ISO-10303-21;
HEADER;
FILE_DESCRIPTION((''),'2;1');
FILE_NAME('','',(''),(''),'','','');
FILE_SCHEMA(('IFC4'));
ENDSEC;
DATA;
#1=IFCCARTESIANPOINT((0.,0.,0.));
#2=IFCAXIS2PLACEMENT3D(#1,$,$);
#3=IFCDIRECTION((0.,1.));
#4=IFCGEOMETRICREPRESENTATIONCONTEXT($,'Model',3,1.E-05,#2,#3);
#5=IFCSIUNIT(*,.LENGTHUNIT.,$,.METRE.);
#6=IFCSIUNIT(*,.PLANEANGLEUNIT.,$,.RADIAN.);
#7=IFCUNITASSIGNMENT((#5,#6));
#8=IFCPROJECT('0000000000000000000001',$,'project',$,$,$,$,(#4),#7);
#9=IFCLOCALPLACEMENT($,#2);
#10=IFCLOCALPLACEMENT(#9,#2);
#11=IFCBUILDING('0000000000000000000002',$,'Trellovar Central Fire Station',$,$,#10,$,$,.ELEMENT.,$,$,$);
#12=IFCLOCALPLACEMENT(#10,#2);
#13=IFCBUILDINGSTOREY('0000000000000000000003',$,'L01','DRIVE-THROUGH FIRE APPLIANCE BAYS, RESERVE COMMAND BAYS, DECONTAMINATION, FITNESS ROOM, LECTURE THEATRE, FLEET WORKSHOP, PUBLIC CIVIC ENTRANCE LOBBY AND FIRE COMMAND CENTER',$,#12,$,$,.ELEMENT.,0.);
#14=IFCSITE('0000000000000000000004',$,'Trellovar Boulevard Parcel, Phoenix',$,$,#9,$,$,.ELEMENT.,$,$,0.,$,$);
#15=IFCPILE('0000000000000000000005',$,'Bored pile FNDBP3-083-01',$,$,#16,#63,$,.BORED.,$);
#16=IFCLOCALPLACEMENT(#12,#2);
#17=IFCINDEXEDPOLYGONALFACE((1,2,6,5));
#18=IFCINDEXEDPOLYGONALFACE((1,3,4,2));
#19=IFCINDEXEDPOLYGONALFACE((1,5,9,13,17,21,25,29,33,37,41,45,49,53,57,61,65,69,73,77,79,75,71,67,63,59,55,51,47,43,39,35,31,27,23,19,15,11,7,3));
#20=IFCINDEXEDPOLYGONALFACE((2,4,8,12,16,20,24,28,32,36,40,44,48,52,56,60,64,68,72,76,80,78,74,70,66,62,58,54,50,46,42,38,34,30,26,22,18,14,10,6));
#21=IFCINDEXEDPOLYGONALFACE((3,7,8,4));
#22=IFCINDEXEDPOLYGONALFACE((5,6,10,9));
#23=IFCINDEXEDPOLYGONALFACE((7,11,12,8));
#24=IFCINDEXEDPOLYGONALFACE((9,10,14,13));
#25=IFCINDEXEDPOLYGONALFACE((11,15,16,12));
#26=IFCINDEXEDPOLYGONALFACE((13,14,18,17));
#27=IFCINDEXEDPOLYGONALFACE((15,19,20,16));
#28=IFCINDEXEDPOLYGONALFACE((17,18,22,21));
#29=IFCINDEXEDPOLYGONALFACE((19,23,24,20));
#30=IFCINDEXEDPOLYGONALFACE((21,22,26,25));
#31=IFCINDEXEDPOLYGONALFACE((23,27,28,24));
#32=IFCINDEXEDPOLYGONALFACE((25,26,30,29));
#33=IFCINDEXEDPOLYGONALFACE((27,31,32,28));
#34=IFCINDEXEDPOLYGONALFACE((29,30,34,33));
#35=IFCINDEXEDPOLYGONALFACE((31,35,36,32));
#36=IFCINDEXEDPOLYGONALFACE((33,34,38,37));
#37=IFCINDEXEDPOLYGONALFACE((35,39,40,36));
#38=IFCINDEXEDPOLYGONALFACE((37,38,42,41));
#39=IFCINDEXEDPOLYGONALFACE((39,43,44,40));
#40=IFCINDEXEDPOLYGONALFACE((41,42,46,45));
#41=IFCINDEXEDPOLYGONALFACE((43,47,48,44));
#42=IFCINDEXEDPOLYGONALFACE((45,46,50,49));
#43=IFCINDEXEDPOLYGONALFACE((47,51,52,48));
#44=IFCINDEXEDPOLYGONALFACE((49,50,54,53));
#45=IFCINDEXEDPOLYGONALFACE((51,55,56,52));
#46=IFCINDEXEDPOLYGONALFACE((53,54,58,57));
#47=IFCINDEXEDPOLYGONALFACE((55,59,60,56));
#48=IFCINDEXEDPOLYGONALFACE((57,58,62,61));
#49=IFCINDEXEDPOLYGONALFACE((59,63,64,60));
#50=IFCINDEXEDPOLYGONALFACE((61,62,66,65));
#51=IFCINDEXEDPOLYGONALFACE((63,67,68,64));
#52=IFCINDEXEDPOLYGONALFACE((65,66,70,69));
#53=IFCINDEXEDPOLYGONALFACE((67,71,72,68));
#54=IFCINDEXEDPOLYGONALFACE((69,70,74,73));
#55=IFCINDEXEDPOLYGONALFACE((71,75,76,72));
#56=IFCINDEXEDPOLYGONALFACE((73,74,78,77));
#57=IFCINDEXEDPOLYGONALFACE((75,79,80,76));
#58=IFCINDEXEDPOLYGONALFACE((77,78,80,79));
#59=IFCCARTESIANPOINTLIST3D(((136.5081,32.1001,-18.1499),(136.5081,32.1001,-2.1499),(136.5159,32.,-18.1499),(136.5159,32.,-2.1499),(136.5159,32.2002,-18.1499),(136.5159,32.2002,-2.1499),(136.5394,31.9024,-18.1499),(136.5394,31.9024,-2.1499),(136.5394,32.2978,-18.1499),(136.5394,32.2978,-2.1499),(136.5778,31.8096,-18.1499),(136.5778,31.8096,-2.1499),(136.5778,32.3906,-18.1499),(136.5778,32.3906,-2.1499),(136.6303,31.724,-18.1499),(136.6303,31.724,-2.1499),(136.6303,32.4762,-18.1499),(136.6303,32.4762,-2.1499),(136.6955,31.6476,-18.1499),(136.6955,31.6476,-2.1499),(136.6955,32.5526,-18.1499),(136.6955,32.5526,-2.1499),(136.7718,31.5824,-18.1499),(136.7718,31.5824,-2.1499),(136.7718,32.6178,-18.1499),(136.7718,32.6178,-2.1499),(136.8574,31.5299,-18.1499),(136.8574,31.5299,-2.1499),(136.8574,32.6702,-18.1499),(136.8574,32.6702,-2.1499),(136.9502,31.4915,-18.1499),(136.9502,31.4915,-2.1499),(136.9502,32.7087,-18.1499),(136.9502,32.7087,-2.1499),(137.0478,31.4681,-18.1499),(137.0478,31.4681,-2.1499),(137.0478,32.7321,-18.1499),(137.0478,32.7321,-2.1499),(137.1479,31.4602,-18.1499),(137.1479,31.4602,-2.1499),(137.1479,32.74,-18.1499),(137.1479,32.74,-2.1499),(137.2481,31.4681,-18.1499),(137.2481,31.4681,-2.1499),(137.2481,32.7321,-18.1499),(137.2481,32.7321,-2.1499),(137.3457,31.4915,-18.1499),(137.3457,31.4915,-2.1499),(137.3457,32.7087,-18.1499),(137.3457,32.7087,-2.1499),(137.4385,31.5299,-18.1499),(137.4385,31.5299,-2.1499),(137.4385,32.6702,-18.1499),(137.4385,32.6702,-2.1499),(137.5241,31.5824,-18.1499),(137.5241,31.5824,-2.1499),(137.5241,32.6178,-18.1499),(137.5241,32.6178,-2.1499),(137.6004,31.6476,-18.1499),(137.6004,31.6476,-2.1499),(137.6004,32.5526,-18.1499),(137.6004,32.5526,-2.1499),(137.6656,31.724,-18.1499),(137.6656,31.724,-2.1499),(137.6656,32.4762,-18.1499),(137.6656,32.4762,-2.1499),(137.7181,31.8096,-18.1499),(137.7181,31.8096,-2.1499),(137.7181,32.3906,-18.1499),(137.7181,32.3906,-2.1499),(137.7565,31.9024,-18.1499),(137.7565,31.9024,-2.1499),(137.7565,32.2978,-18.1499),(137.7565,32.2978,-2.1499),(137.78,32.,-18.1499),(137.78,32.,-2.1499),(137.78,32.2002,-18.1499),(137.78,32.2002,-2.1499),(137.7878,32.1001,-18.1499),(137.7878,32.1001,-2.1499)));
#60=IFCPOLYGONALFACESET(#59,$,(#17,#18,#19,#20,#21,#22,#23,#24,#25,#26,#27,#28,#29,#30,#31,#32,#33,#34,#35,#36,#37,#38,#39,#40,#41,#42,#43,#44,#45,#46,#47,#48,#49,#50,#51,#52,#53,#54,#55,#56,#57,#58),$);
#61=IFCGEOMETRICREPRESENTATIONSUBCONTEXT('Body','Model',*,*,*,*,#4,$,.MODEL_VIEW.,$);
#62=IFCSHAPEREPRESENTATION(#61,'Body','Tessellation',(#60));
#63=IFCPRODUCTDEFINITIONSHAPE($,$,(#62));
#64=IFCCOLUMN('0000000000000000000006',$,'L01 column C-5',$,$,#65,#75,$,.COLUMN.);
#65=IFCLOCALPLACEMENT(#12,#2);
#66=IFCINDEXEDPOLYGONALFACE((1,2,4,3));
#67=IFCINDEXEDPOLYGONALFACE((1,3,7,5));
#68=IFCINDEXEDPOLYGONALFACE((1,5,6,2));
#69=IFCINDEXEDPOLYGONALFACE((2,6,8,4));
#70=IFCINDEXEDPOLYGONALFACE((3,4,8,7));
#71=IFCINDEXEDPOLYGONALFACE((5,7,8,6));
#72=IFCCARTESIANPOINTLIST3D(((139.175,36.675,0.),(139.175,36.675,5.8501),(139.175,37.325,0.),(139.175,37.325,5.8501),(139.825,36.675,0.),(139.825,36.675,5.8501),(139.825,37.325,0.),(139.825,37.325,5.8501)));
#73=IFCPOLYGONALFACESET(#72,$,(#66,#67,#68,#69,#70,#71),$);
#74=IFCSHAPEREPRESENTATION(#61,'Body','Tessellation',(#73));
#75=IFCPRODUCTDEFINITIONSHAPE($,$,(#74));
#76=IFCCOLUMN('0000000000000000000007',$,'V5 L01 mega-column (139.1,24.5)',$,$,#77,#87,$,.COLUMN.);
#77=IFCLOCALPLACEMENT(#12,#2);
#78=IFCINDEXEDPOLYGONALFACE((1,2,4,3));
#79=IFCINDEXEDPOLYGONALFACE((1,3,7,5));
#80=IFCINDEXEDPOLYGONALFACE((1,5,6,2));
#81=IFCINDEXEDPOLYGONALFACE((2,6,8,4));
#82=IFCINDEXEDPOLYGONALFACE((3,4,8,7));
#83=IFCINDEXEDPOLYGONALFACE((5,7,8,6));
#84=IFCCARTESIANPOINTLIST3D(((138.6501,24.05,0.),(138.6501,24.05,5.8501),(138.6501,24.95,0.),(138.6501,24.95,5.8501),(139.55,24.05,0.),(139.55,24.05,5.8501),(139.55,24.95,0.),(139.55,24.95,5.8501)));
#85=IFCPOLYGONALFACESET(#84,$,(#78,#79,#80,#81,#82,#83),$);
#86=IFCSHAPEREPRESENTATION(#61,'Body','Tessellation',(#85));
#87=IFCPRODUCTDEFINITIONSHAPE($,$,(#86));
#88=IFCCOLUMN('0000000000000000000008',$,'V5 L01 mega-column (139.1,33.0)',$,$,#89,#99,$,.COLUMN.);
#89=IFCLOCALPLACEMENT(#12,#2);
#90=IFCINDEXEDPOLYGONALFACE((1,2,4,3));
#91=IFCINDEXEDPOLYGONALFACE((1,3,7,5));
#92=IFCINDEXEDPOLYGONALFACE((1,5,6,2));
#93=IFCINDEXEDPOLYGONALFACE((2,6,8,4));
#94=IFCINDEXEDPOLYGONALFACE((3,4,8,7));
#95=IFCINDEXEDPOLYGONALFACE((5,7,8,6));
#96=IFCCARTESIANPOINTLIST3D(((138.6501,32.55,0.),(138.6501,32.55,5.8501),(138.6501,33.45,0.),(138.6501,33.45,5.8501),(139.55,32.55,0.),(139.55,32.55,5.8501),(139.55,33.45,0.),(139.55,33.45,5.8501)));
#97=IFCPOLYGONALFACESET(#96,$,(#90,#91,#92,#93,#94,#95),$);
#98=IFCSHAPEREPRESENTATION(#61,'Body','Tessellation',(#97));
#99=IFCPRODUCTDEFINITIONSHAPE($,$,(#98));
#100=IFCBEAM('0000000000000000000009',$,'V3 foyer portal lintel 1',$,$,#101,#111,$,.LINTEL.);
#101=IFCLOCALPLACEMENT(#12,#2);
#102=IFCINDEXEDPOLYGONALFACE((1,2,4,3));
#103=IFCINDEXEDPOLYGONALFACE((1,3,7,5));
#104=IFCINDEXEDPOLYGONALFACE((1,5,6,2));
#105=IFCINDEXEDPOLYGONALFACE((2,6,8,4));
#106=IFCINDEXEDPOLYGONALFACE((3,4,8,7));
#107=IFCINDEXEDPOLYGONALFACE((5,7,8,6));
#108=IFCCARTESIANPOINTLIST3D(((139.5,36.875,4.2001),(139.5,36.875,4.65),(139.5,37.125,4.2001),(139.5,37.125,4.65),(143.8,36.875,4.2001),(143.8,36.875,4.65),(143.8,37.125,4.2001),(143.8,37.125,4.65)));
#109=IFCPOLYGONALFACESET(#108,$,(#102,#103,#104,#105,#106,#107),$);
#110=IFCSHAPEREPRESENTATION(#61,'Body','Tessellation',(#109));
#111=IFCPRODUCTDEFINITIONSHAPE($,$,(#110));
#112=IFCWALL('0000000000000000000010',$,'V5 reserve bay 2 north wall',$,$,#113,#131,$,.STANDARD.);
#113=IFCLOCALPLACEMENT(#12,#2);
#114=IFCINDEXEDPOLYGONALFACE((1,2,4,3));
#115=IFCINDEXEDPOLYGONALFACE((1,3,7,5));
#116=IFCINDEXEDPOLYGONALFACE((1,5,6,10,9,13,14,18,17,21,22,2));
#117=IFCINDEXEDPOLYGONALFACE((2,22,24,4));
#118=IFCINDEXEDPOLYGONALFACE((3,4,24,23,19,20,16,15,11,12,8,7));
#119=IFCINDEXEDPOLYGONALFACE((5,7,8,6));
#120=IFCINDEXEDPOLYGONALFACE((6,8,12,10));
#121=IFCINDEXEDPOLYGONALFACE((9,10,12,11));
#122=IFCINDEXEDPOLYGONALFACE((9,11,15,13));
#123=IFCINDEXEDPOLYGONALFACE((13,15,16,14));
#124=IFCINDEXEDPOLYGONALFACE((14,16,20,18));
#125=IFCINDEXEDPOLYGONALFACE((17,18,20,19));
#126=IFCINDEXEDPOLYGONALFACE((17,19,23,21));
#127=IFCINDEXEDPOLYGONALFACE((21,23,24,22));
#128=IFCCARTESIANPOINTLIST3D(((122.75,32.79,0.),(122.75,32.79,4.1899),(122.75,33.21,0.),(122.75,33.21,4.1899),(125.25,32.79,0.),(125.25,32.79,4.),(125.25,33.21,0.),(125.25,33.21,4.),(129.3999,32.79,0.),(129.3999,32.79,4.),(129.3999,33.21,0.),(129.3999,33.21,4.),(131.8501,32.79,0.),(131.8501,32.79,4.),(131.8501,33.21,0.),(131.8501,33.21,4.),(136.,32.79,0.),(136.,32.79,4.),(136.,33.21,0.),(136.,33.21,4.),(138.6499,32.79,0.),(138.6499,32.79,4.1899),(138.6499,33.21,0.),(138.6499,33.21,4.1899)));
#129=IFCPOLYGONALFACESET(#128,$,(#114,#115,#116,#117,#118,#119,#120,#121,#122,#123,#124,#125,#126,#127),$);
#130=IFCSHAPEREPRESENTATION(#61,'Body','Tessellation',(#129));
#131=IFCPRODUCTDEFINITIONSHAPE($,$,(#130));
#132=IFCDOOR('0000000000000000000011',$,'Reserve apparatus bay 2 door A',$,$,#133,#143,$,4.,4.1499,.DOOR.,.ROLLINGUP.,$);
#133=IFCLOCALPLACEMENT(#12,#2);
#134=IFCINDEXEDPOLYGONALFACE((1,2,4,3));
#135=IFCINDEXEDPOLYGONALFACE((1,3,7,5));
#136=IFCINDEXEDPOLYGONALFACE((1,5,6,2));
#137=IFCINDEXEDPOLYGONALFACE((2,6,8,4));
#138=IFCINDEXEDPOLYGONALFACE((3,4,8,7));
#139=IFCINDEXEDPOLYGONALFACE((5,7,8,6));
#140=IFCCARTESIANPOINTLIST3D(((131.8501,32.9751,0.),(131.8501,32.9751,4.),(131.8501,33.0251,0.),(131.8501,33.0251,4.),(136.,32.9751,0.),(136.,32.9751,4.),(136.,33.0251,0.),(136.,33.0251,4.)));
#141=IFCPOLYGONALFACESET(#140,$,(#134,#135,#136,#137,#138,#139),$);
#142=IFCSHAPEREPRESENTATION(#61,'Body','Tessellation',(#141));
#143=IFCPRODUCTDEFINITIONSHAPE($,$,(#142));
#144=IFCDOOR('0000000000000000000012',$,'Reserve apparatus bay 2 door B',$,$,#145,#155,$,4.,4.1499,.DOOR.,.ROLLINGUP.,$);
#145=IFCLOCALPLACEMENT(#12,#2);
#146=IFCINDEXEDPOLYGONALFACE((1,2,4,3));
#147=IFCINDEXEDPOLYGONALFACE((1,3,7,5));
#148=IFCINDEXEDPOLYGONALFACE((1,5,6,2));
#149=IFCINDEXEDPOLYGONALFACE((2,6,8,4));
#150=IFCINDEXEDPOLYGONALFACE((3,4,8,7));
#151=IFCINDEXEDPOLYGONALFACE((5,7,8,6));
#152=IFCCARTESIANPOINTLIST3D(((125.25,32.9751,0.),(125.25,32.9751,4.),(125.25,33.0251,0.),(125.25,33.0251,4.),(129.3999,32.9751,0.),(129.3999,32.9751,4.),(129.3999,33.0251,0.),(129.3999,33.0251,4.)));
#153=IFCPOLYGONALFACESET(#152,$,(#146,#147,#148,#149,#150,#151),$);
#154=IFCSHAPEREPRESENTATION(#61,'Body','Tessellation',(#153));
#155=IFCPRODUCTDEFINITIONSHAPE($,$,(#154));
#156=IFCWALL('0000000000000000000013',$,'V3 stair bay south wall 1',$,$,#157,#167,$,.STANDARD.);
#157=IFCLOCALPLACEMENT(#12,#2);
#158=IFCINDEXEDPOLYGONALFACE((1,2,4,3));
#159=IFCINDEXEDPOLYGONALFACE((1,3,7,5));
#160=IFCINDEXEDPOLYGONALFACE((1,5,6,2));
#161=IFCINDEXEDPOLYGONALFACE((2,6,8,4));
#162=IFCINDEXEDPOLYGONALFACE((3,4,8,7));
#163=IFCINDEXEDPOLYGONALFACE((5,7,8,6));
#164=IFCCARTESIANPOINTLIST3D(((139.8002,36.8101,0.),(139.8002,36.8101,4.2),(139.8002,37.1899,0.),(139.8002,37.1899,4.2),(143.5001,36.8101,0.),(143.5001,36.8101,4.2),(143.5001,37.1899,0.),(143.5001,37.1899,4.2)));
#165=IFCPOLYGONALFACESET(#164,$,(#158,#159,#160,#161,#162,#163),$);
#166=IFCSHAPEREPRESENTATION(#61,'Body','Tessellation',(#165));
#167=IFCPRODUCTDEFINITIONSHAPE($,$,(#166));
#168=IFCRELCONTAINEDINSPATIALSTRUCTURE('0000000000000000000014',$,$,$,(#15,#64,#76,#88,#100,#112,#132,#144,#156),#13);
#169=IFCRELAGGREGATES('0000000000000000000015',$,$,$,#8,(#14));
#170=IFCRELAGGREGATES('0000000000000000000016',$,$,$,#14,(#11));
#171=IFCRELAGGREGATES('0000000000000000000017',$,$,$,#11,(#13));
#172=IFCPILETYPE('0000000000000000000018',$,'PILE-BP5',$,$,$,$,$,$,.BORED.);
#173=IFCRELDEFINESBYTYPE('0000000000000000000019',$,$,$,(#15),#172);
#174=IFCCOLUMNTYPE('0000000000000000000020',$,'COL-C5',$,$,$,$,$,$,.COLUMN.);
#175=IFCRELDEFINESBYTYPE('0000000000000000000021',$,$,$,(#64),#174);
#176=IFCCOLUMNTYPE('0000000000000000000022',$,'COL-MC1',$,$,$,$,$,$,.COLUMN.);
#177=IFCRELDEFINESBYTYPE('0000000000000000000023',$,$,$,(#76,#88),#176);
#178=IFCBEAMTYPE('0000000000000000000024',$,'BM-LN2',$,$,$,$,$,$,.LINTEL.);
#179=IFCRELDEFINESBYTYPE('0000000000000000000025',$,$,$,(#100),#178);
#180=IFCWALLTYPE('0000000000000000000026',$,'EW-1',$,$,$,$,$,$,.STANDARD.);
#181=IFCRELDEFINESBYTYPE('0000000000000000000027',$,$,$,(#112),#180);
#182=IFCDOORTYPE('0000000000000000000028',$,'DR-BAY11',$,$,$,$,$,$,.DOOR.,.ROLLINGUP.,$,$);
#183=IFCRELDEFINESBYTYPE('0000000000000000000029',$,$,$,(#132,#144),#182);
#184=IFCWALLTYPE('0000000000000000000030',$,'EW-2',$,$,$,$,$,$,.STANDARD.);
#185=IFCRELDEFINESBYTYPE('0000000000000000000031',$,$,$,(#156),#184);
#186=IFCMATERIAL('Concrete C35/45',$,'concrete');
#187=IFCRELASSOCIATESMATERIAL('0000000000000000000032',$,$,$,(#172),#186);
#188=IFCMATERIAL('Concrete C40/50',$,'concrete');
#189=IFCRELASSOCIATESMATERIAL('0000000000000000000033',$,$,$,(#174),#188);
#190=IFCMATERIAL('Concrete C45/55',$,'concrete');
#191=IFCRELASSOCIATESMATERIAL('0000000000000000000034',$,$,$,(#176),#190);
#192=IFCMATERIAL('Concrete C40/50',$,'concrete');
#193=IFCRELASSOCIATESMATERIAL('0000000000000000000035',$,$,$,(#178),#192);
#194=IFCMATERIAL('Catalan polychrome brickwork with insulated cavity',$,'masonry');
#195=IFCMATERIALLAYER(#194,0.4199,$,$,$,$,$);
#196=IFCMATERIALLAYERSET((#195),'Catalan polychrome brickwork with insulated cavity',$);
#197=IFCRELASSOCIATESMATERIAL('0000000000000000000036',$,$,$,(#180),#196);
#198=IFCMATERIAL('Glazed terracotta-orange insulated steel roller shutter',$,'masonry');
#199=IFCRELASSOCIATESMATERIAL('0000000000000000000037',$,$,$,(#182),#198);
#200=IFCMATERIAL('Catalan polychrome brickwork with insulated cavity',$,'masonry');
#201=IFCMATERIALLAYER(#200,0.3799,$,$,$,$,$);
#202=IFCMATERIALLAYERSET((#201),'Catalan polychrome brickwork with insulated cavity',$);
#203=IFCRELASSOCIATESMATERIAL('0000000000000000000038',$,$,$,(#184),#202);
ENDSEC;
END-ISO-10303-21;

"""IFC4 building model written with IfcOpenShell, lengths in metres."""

from ifc_helpers import new_model, si_unit, direction, frame, frame_2d, origin, origin_2d, place, context, subcontext, project, spatial, rectangle, circle, extrude, material, layer, layer_set, material_profile, profile_set, type_object, element, fill, save


model = new_model("IFC4")

# Units and contexts
model_context = context("Model", 3, precision=1e-05, world=origin(), true_north=direction((0.0, 1.0)))
body_context = subcontext(model_context, "Body", "Model", "MODEL_VIEW")
ifc_project = project(units=[si_unit("LENGTHUNIT", "METRE"), si_unit("PLANEANGLEUNIT", "RADIAN")], contexts=[model_context])

# Site, building, storey
site_placement = place(None, origin())
site = spatial("IfcSite", under=ifc_project, at=site_placement, Name="Trellovar Boulevard Parcel, Phoenix", CompositionType="ELEMENT", RefElevation=0.0)
building_placement = place(site_placement, origin())
building = spatial("IfcBuilding", under=site, at=building_placement, Name="Trellovar Central Fire Station", CompositionType="ELEMENT")
storey_placement = place(building_placement, origin())
storey = spatial("IfcBuildingStorey", under=building, at=storey_placement, Name="L01", Description="DRIVE-THROUGH FIRE APPLIANCE BAYS, RESERVE COMMAND BAYS, DECONTAMINATION, FITNESS ROOM, LECTURE THEATRE, FLEET WORKSHOP, PUBLIC CIVIC ENTRANCE LOBBY AND FIRE COMMAND CENTER", CompositionType="ELEMENT", Elevation=0.0)

# Pile
ifc_material_1 = material(Name="Concrete C35/45", Category="concrete")
ifc_material_profile_1 = material_profile(ifc_material_1, circle(Radius=0.6399, at=origin_2d()), Name="PILE1280")
ifc_profile_set_1 = profile_set([ifc_material_profile_1], Name="Concrete C35/45")
pile_type_1 = type_object("IfcPileType", Name="PILE-BP5", PredefinedType="BORED", material=ifc_profile_set_1)
pile_placement = place(storey_placement, frame((137.1479, 32.1001, -2.1499), z_axis=(0.0, 0.0, -1.0), x_axis=(1.0, 0.0, 0.0)))
element("IfcPile", 1, at=pile_placement, inside=storey, type_object=pile_type_1, Name="Bored pile FNDBP3-083-01", PredefinedType="BORED", context=body_context, shape_type="SweptSolid", body=[
    extrude(circle(Radius=0.6399, at=origin_2d()), origin(), (0.0, 0.0, 1.0), 16.0),
])

# Columns
ifc_material_2 = material(Name="Concrete C40/50", Category="concrete")
ifc_material_profile_2 = material_profile(ifc_material_2, rectangle(XDim=0.6499, YDim=0.6499, at=origin_2d()), Name="RC650X650")
ifc_profile_set_2 = profile_set([ifc_material_profile_2], Name="Concrete C40/50")
column_type_1 = type_object("IfcColumnType", Name="COL-C5", PredefinedType="COLUMN", material=ifc_profile_set_2)
column_placement = place(storey_placement, frame((139.5, 37.0, 0.0), z_axis=(0.0, 0.0, 1.0), x_axis=(1.0, 0.0, 0.0)))
element("IfcColumn", 2, at=column_placement, inside=storey, type_object=column_type_1, Name="L01 column C-5", PredefinedType="COLUMN", context=body_context, shape_type="SweptSolid", body=[
    extrude(rectangle(XDim=0.6499, YDim=0.6499, at=origin_2d()), origin(), (0.0, 0.0, 1.0), 5.8501),
])
ifc_material_3 = material(Name="Concrete C45/55", Category="concrete")
ifc_material_profile_3 = material_profile(ifc_material_3, rectangle(XDim=0.8999, YDim=0.8999, at=origin_2d()), Name="RC900X900")
ifc_profile_set_3 = profile_set([ifc_material_profile_3], Name="Concrete C45/55")
column_type_2 = type_object("IfcColumnType", Name="COL-MC1", PredefinedType="COLUMN", material=ifc_profile_set_3)
for number, where, z_axis, x_axis, name in (
    (3, (139.1001, 24.5, 0.0), (0.0, 0.0, 1.0), (1.0, 0.0, 0.0), "V5 L01 mega-column (139.1,24.5)"),
    (4, (139.1001, 33.0, 0.0), (0.0, 0.0, 1.0), (1.0, 0.0, 0.0), "V5 L01 mega-column (139.1,33.0)"),
):
    element("IfcColumn", number, at=place(storey_placement, frame(where, z_axis=z_axis, x_axis=x_axis)), inside=storey, type_object=column_type_2, Name=name, PredefinedType="COLUMN", context=body_context, shape_type="SweptSolid", body=[
        extrude(rectangle(XDim=0.8999, YDim=0.8999, at=origin_2d()), origin(), (0.0, 0.0, 1.0), 5.8501),
    ])

# Beam
ifc_material_4 = material(Name="Concrete C40/50", Category="concrete")
ifc_material_profile_4 = material_profile(ifc_material_4, rectangle(XDim=0.25, YDim=0.45, at=origin_2d()), Name="RC250X450")
ifc_profile_set_4 = profile_set([ifc_material_profile_4], Name="Concrete C40/50")
beam_type = type_object("IfcBeamType", Name="BM-LN2", PredefinedType="LINTEL", material=ifc_profile_set_4)
beam_placement = place(storey_placement, frame((139.5, 37.0, 4.425), z_axis=(1.0, 0.0, 0.0), x_axis=(0.0, 1.0, 0.0)))
element("IfcBeam", 5, at=beam_placement, inside=storey, type_object=beam_type, Name="V3 foyer portal lintel 1", PredefinedType="LINTEL", context=body_context, shape_type="SweptSolid", body=[
    extrude(rectangle(XDim=0.25, YDim=0.45, at=origin_2d()), origin(), (0.0, 0.0, 1.0), 4.3),
])

# Wall, openings, doors
ifc_material_5 = material(Name="Catalan polychrome brickwork with insulated cavity", Category="masonry")
ifc_layer_1 = layer(ifc_material_5, 0.4199)
ifc_layer_set_1 = layer_set([ifc_layer_1], Name="Catalan polychrome brickwork with insulated cavity")
wall_type_1 = type_object("IfcWallType", Name="EW-1", PredefinedType="STANDARD", material=ifc_layer_set_1)
wall_1_placement = place(storey_placement, frame((138.6499, 33.0, 0.0), z_axis=(0.0, 0.0, 1.0), x_axis=(-1.0, 0.0, 0.0)))
wall_1 = element("IfcWall", 6, at=wall_1_placement, inside=storey, type_object=wall_type_1, Name="V5 reserve bay 2 north wall", PredefinedType="STANDARD", context=body_context, shape_type="SweptSolid", body=[
    extrude(rectangle(XDim=15.8999, YDim=0.4199, at=frame_2d((7.95, 0.0))), origin(), (0.0, 0.0, 1.0), 4.1899),
])
opening_1_placement = place(wall_1_placement, frame((2.6499, 0.0, 0.0)))
opening_1 = element("IfcOpeningElement", 7, at=opening_1_placement, cuts=wall_1, PredefinedType="OPENING", context=body_context, shape_type="SweptSolid", body=[
    extrude(rectangle(XDim=4.1499, YDim=4.0, at=frame_2d((2.075, 2.0))), frame((0.0, 0.22, 0.0), z_axis=(0.0, -1.0, 0.0), x_axis=(1.0, 0.0, 0.0)), (0.0, 0.0, 1.0), 0.4399),
])
opening_2_placement = place(wall_1_placement, frame((9.25, 0.0, 0.0)))
opening_2 = element("IfcOpeningElement", 8, at=opening_2_placement, cuts=wall_1, PredefinedType="OPENING", context=body_context, shape_type="SweptSolid", body=[
    extrude(rectangle(XDim=4.1499, YDim=4.0, at=frame_2d((2.075, 2.0))), frame((0.0, 0.22, 0.0), z_axis=(0.0, -1.0, 0.0), x_axis=(1.0, 0.0, 0.0)), (0.0, 0.0, 1.0), 0.4399),
])
ifc_material_6 = material(Name="Glazed terracotta-orange insulated steel roller shutter", Category="masonry")
door_type = type_object("IfcDoorType", Name="DR-BAY11", OperationType="ROLLINGUP", PredefinedType="DOOR", material=ifc_material_6)
door_1_placement = place(opening_1_placement, origin())
door_1 = element("IfcDoor", 9, at=door_1_placement, inside=storey, type_object=door_type, Name="Reserve apparatus bay 2 door A", OperationType="ROLLINGUP", OverallHeight=4.0, OverallWidth=4.1499, PredefinedType="DOOR", context=body_context, shape_type="SweptSolid", body=[
    extrude(rectangle(XDim=4.1499, YDim=4.0, at=frame_2d((2.075, 2.0))), frame((0.0, 0.0249, 0.0), z_axis=(0.0, -1.0, 0.0), x_axis=(1.0, 0.0, 0.0)), (0.0, 0.0, 1.0), 0.05),
])
fill(opening_1, door_1)
door_2_placement = place(opening_2_placement, origin())
door_2 = element("IfcDoor", 10, at=door_2_placement, inside=storey, type_object=door_type, Name="Reserve apparatus bay 2 door B", OperationType="ROLLINGUP", OverallHeight=4.0, OverallWidth=4.1499, PredefinedType="DOOR", context=body_context, shape_type="SweptSolid", body=[
    extrude(rectangle(XDim=4.1499, YDim=4.0, at=frame_2d((2.075, 2.0))), frame((0.0, 0.0249, 0.0), z_axis=(0.0, -1.0, 0.0), x_axis=(1.0, 0.0, 0.0)), (0.0, 0.0, 1.0), 0.05),
])
fill(opening_2, door_2)

# Wall
ifc_material_7 = material(Name="Catalan polychrome brickwork with insulated cavity", Category="masonry")
ifc_layer_2 = layer(ifc_material_7, 0.3799)
ifc_layer_set_2 = layer_set([ifc_layer_2], Name="Catalan polychrome brickwork with insulated cavity")
wall_type_2 = type_object("IfcWallType", Name="EW-2", PredefinedType="STANDARD", material=ifc_layer_set_2)
wall_2_placement = place(storey_placement, frame((139.8, 37.0, 0.0), z_axis=(0.0, 0.0, 1.0), x_axis=(1.0, 0.0, 0.0)))
element("IfcWall", 11, at=wall_2_placement, inside=storey, type_object=wall_type_2, Name="V3 stair bay south wall 1", PredefinedType="STANDARD", context=body_context, shape_type="SweptSolid", body=[
    extrude(rectangle(XDim=3.7, YDim=0.3799, at=frame_2d((1.8501, 0.0))), origin(), (0.0, 0.0, 1.0), 4.2),
])

save(model, "model.ifc")
